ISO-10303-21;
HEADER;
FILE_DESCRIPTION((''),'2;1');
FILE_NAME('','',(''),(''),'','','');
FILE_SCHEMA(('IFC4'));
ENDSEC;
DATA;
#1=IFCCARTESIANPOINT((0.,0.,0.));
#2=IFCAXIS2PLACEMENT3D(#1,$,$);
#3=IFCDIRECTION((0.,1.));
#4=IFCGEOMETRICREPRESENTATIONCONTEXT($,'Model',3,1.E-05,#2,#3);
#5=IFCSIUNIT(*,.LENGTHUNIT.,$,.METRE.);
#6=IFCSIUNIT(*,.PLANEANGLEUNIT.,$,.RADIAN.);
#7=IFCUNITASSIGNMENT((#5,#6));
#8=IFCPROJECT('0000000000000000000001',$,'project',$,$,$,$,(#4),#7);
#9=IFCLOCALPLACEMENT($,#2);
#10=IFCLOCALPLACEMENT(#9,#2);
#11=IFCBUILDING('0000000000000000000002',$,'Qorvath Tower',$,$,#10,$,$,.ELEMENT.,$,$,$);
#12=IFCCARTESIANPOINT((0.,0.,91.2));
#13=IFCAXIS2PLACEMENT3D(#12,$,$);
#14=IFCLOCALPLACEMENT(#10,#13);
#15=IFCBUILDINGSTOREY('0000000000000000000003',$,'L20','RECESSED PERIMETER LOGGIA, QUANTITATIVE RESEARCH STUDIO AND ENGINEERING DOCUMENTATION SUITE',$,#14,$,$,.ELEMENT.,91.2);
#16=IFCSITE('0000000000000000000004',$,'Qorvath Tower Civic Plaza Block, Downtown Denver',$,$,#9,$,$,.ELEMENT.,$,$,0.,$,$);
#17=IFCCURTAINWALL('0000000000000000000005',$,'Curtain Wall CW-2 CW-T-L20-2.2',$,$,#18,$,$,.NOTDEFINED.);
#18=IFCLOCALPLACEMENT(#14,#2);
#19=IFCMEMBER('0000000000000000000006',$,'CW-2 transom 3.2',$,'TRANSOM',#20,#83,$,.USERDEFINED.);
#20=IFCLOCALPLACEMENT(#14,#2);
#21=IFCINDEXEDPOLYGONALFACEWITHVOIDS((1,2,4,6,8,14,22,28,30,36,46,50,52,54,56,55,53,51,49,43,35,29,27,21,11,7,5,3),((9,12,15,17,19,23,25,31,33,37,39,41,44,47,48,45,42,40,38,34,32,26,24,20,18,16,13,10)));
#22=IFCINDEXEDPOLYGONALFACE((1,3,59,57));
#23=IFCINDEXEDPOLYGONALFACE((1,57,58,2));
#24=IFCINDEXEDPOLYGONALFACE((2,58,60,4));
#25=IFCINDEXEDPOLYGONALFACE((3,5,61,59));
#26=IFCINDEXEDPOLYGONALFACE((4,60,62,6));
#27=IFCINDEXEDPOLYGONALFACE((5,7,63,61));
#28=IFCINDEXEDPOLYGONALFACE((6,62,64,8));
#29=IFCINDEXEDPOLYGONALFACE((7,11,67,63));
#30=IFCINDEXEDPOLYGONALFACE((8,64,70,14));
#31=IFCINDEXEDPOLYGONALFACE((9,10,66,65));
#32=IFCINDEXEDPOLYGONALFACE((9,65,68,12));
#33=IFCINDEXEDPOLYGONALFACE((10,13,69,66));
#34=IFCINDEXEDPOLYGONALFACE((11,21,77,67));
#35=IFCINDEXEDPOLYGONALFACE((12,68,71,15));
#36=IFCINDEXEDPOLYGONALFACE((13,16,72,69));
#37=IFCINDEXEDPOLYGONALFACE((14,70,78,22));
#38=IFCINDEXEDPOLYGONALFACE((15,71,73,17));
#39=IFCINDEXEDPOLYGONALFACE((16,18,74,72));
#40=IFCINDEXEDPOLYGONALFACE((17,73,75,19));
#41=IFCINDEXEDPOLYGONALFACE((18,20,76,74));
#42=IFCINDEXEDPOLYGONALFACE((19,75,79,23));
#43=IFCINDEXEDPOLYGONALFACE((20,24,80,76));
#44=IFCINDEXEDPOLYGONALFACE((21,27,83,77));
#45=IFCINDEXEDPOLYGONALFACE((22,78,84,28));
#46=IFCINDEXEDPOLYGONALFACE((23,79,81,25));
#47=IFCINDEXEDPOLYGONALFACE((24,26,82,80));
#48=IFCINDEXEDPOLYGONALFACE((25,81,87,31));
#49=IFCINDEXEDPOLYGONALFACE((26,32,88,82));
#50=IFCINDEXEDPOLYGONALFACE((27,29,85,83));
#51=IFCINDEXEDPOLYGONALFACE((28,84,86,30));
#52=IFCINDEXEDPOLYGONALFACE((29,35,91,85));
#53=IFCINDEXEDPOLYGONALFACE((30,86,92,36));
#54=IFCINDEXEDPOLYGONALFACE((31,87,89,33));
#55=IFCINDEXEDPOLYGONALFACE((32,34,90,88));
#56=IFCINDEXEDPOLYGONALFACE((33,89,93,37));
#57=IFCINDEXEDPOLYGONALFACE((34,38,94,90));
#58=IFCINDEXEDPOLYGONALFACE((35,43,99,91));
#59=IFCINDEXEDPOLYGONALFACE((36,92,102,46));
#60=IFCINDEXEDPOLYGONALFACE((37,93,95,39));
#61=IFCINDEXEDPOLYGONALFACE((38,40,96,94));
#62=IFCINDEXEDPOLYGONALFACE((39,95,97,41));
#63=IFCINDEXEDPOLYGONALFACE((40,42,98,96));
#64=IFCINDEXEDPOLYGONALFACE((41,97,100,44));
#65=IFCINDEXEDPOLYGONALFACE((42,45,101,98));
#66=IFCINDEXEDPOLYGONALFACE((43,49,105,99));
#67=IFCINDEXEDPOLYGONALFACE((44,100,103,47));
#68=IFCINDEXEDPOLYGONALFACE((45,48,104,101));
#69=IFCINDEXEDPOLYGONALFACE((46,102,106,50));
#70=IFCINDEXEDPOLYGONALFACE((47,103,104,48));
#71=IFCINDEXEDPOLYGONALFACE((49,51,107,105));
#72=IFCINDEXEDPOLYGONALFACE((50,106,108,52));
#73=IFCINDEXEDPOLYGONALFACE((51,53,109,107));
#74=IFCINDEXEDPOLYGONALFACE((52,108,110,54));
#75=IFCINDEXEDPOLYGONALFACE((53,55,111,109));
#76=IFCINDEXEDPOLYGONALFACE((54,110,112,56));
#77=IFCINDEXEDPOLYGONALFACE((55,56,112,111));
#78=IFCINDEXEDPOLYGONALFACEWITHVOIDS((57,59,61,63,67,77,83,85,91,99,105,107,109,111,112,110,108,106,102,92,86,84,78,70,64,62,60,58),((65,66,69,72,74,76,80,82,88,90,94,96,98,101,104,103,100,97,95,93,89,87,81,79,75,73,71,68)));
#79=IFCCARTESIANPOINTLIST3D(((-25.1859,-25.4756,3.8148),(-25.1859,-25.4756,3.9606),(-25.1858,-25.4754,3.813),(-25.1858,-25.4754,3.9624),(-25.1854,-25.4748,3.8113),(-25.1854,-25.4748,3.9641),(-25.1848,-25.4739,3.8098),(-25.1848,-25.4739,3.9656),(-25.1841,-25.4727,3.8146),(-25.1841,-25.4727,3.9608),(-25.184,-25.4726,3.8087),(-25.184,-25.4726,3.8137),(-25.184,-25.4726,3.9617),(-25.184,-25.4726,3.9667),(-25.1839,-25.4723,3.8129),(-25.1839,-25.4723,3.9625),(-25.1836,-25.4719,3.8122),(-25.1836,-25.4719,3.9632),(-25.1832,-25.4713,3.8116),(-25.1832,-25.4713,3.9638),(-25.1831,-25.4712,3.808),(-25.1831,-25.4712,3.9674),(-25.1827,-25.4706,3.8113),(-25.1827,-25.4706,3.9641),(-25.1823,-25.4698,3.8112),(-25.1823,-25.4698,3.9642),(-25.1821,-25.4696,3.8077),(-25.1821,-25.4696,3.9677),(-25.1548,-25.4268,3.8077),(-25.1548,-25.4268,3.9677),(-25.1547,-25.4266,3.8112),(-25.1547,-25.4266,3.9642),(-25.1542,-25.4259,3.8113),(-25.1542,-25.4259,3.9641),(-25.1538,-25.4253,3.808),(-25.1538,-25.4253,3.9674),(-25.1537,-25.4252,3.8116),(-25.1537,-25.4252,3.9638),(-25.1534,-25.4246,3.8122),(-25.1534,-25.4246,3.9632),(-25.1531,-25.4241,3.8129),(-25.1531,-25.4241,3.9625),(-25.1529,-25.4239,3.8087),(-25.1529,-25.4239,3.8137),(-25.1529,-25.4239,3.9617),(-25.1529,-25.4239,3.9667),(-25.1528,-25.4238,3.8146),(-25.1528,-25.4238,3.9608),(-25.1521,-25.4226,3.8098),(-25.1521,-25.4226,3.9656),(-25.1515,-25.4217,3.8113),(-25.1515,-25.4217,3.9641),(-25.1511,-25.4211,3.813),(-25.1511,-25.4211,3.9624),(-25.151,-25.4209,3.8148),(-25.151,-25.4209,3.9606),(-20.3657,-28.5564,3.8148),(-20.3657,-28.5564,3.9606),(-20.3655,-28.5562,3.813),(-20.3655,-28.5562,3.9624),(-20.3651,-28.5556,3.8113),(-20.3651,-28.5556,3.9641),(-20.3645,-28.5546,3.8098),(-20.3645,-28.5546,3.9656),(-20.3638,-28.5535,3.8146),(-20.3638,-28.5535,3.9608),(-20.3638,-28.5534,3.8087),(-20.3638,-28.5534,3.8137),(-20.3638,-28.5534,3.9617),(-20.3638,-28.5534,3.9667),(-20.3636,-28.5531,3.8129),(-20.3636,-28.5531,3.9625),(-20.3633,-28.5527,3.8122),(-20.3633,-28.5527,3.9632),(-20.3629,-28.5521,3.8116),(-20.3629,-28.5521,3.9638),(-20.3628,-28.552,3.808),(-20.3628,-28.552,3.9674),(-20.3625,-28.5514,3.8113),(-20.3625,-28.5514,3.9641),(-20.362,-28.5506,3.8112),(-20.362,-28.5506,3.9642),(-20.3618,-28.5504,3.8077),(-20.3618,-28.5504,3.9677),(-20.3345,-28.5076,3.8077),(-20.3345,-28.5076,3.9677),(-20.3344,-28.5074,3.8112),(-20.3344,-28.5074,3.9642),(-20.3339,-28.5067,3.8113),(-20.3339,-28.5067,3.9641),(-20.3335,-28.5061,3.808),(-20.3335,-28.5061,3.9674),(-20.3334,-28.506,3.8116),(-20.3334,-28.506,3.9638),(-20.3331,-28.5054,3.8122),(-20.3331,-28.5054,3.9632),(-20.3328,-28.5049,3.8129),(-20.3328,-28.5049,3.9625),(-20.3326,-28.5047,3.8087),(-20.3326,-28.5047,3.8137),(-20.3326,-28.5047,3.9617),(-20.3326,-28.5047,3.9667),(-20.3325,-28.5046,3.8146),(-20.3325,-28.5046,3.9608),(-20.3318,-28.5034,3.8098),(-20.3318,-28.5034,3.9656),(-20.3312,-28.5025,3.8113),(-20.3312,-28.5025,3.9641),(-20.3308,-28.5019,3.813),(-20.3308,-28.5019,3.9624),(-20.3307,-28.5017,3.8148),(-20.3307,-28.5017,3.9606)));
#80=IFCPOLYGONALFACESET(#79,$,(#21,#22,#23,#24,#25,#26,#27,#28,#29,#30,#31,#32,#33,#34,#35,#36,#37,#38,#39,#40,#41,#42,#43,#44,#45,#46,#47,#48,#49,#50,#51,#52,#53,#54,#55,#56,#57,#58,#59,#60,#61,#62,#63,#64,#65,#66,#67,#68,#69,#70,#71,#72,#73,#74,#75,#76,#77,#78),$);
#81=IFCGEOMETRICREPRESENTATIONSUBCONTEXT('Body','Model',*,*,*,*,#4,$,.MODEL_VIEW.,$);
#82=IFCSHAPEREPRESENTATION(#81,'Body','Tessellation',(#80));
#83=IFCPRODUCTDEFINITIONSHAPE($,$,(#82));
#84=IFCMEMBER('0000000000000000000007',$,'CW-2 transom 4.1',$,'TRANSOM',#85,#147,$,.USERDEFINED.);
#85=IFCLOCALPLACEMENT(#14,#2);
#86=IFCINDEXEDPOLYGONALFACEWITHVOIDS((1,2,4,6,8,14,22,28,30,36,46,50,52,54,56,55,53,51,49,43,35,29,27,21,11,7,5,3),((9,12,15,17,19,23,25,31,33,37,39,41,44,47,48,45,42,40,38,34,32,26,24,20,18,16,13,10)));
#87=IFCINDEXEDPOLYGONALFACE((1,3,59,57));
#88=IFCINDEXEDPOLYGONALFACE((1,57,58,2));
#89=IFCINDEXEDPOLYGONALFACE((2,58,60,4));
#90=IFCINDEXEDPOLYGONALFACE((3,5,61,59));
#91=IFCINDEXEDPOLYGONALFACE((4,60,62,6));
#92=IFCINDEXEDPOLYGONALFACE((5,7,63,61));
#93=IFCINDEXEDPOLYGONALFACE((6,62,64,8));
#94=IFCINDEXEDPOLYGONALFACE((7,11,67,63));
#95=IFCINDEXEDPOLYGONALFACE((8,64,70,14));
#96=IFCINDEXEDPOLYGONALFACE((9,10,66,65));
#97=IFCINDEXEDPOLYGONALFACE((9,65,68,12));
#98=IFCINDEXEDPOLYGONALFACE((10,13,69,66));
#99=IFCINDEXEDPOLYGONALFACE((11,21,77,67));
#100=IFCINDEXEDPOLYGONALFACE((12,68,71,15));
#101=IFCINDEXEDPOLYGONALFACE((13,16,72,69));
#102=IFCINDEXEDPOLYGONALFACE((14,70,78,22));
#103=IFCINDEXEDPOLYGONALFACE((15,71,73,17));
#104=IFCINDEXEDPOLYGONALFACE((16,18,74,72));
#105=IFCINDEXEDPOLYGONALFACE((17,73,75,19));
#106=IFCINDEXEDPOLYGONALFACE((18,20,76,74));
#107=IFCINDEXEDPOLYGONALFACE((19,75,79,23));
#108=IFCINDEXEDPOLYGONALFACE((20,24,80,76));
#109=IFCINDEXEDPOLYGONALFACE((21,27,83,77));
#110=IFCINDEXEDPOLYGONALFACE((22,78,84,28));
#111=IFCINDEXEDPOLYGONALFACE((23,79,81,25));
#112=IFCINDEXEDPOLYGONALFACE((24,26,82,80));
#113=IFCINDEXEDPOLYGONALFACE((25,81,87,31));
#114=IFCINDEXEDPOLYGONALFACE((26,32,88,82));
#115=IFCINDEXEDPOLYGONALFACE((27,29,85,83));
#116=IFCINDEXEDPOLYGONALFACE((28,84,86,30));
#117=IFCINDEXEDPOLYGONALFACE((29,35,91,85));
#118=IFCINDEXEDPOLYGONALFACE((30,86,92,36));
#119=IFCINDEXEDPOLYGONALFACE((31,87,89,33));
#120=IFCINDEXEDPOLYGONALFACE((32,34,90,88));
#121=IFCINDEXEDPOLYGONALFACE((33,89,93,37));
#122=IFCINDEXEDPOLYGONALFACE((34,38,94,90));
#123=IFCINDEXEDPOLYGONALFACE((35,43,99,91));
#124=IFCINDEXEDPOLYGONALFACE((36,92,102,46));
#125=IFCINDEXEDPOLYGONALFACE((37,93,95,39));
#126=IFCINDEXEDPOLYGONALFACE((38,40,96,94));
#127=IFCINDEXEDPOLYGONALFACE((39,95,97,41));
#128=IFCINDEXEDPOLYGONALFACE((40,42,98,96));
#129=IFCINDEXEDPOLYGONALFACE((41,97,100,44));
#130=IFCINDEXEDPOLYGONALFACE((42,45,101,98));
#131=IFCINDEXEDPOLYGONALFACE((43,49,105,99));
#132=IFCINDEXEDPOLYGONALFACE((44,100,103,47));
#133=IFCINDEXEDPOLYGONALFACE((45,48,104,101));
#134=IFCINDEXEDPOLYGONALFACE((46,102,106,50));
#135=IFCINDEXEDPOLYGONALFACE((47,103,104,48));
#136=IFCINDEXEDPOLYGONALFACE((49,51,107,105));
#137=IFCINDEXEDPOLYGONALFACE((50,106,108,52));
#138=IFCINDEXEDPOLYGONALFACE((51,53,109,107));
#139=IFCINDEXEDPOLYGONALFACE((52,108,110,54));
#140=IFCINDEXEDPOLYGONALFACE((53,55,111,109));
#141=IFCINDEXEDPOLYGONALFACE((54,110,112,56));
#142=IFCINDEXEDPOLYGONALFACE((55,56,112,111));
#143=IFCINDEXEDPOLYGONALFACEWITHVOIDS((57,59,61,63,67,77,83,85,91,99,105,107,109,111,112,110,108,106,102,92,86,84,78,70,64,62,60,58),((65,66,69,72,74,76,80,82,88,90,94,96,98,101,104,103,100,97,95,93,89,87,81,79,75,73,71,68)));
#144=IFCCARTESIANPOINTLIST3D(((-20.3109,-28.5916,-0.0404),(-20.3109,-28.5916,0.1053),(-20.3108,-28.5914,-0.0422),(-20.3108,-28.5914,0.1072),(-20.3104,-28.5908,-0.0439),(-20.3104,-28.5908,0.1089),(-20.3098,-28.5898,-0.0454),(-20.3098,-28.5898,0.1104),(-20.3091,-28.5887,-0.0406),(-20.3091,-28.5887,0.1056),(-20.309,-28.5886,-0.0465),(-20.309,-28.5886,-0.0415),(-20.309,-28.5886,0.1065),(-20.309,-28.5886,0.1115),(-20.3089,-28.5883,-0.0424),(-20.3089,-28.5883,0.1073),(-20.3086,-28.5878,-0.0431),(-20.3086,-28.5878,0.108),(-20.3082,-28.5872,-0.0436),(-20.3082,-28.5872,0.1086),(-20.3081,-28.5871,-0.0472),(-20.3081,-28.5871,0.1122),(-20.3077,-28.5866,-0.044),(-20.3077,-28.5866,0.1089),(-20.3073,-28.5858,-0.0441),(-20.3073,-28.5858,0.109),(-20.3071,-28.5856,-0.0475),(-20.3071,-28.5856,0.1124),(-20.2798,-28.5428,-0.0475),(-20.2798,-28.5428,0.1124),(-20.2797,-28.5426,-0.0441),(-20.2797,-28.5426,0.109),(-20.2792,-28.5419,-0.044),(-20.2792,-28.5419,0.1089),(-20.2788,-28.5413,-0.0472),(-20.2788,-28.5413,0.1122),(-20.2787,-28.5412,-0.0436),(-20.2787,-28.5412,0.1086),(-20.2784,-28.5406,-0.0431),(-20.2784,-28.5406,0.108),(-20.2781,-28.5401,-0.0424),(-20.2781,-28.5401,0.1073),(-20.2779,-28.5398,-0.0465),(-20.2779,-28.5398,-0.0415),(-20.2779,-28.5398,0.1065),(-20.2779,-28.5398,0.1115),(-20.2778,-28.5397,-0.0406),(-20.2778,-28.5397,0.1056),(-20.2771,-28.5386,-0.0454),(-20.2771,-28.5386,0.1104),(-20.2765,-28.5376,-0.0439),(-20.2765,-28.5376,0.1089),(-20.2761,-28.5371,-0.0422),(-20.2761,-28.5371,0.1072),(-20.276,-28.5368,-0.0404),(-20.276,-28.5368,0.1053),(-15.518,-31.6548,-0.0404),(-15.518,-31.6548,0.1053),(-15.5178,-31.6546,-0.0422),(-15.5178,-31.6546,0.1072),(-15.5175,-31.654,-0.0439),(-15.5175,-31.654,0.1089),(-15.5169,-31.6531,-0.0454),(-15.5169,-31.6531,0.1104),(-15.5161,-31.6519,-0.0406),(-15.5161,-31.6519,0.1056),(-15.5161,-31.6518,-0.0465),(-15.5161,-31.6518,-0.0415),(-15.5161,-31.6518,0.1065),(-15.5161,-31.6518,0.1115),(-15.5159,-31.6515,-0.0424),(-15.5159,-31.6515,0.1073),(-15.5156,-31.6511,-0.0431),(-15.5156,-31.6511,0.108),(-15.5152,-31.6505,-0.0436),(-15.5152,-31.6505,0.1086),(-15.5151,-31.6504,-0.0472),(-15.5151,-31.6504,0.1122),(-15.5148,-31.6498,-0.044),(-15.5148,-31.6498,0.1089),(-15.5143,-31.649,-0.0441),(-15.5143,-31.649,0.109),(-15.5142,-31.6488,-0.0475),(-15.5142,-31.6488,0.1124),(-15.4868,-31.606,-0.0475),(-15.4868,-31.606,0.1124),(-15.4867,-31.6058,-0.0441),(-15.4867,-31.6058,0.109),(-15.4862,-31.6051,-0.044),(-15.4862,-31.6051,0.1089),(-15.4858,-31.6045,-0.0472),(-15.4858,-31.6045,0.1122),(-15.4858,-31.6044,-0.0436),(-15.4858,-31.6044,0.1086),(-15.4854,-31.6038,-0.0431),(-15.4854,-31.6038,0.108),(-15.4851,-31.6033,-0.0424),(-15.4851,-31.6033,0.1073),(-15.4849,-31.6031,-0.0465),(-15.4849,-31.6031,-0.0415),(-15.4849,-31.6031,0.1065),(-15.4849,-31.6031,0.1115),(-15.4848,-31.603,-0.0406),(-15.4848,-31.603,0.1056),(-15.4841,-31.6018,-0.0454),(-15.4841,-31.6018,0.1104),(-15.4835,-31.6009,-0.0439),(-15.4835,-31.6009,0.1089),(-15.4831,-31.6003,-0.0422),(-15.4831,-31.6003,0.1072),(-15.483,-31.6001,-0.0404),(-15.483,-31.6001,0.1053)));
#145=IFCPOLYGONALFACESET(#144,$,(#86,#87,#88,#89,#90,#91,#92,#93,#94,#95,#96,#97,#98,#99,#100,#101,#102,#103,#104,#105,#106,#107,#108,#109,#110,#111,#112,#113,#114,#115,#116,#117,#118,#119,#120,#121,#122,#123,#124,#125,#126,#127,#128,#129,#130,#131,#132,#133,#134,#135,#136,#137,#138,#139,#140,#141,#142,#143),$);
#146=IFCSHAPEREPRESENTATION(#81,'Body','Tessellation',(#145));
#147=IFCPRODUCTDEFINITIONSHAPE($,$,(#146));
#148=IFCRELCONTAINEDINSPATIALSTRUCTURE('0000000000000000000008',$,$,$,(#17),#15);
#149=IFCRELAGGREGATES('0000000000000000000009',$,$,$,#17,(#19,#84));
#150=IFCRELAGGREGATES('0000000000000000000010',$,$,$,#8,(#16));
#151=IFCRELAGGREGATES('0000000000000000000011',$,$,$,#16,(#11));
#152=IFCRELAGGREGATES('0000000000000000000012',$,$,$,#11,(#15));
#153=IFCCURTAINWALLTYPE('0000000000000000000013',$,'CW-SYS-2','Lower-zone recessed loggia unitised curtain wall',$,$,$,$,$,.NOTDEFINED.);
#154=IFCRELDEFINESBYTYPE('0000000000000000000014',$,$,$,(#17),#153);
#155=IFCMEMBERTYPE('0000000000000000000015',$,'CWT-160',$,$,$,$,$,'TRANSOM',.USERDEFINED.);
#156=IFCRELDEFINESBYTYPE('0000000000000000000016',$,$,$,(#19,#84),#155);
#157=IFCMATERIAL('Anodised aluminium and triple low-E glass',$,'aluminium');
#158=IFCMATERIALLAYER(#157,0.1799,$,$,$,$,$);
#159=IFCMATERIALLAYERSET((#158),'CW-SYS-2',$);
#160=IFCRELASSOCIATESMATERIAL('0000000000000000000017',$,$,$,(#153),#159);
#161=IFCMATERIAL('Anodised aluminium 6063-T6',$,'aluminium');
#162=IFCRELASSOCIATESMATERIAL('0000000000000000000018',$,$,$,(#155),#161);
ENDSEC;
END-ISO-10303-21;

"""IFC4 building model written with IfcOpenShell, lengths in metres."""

from ifc_helpers import new_model, si_unit, direction, frame, origin, origin_2d, place, context, subcontext, project, spatial, hollow_rectangle, extrude, material, layer, layer_set, material_profile, profile_set, type_object, element, aggregate, save


model = new_model("IFC4")

# Units and contexts
model_context = context("Model", 3, precision=1e-05, world=origin(), true_north=direction((0.0, 1.0)))
body_context = subcontext(model_context, "Body", "Model", "MODEL_VIEW")
ifc_project = project(units=[si_unit("LENGTHUNIT", "METRE"), si_unit("PLANEANGLEUNIT", "RADIAN")], contexts=[model_context])

# Site, building, storey
site_placement = place(None, origin())
site = spatial("IfcSite", under=ifc_project, at=site_placement, Name="Qorvath Tower Civic Plaza Block, Downtown Denver", CompositionType="ELEMENT", RefElevation=0.0)
building_placement = place(site_placement, origin())
building = spatial("IfcBuilding", under=site, at=building_placement, Name="Qorvath Tower", CompositionType="ELEMENT")
storey_placement = place(building_placement, frame((0.0, 0.0, 91.2)))
storey = spatial("IfcBuildingStorey", under=building, at=storey_placement, Name="L20", Description="RECESSED PERIMETER LOGGIA, QUANTITATIVE RESEARCH STUDIO AND ENGINEERING DOCUMENTATION SUITE", CompositionType="ELEMENT", Elevation=91.2)

# Curtain wall, members
ifc_material_1 = material(Name="Anodised aluminium and triple low-E glass", Category="aluminium")
ifc_layer_1 = layer(ifc_material_1, 0.1799)
ifc_layer_set_1 = layer_set([ifc_layer_1], Name="CW-SYS-2")
curtain_wall_type = type_object("IfcCurtainWallType", Name="CW-SYS-2", Description="Lower-zone recessed loggia unitised curtain wall", PredefinedType="NOTDEFINED", material=ifc_layer_set_1)
curtain_wall_placement = place(storey_placement, origin())
curtain_wall = element("IfcCurtainWall", 1, at=curtain_wall_placement, inside=storey, type_object=curtain_wall_type, Name="Curtain Wall CW-2 CW-T-L20-2.2", PredefinedType="NOTDEFINED")
ifc_material_2 = material(Name="Anodised aluminium 6063-T6", Category="aluminium")
ifc_material_profile_1 = material_profile(ifc_material_2, hollow_rectangle(XDim=0.0649, YDim=0.1599, WallThickness=0.0034, InnerFilletRadius=0.0034, OuterFilletRadius=0.0071, at=origin_2d()), Name="CWT 160x65")
ifc_profile_set_1 = profile_set([ifc_material_profile_1], Name="Anodised aluminium 6063-T6")
member_type_1 = type_object("IfcMemberType", Name="CWT-160", ElementType="TRANSOM", PredefinedType="USERDEFINED", material=ifc_profile_set_1)
member_1_placement = place(storey_placement, frame((-25.1685, -25.4482, 3.8877), z_axis=(0.842604, -0.538534, 0.0), x_axis=(0.538534, 0.842604, 0.0)))
member_1 = element("IfcMember", 2, at=member_1_placement, type_object=member_type_1, Name="CW-2 transom 3.2", ObjectType="TRANSOM", PredefinedType="USERDEFINED", context=body_context, shape_type="SweptSolid", body=[
    extrude(hollow_rectangle(XDim=0.0649, YDim=0.1599, WallThickness=0.0034, InnerFilletRadius=0.0034, OuterFilletRadius=0.0071, at=origin_2d()), origin(), (0.0, 0.0, 1.0), 5.7207),
])
member_2_placement = place(storey_placement, frame((-20.2935, -28.5642, 0.0325), z_axis=(0.842612, -0.538521, 0.0), x_axis=(0.538521, 0.842612, 0.0)))
member_2 = element("IfcMember", 3, at=member_2_placement, type_object=member_type_1, Name="CW-2 transom 4.1", ObjectType="TRANSOM", PredefinedType="USERDEFINED", context=body_context, shape_type="SweptSolid", body=[
    extrude(hollow_rectangle(XDim=0.0649, YDim=0.1599, WallThickness=0.0034, InnerFilletRadius=0.0034, OuterFilletRadius=0.0071, at=origin_2d()), origin(), (0.0, 0.0, 1.0), 5.6882),
])
aggregate(curtain_wall, [member_1, member_2])

save(model, "model.ifc")
